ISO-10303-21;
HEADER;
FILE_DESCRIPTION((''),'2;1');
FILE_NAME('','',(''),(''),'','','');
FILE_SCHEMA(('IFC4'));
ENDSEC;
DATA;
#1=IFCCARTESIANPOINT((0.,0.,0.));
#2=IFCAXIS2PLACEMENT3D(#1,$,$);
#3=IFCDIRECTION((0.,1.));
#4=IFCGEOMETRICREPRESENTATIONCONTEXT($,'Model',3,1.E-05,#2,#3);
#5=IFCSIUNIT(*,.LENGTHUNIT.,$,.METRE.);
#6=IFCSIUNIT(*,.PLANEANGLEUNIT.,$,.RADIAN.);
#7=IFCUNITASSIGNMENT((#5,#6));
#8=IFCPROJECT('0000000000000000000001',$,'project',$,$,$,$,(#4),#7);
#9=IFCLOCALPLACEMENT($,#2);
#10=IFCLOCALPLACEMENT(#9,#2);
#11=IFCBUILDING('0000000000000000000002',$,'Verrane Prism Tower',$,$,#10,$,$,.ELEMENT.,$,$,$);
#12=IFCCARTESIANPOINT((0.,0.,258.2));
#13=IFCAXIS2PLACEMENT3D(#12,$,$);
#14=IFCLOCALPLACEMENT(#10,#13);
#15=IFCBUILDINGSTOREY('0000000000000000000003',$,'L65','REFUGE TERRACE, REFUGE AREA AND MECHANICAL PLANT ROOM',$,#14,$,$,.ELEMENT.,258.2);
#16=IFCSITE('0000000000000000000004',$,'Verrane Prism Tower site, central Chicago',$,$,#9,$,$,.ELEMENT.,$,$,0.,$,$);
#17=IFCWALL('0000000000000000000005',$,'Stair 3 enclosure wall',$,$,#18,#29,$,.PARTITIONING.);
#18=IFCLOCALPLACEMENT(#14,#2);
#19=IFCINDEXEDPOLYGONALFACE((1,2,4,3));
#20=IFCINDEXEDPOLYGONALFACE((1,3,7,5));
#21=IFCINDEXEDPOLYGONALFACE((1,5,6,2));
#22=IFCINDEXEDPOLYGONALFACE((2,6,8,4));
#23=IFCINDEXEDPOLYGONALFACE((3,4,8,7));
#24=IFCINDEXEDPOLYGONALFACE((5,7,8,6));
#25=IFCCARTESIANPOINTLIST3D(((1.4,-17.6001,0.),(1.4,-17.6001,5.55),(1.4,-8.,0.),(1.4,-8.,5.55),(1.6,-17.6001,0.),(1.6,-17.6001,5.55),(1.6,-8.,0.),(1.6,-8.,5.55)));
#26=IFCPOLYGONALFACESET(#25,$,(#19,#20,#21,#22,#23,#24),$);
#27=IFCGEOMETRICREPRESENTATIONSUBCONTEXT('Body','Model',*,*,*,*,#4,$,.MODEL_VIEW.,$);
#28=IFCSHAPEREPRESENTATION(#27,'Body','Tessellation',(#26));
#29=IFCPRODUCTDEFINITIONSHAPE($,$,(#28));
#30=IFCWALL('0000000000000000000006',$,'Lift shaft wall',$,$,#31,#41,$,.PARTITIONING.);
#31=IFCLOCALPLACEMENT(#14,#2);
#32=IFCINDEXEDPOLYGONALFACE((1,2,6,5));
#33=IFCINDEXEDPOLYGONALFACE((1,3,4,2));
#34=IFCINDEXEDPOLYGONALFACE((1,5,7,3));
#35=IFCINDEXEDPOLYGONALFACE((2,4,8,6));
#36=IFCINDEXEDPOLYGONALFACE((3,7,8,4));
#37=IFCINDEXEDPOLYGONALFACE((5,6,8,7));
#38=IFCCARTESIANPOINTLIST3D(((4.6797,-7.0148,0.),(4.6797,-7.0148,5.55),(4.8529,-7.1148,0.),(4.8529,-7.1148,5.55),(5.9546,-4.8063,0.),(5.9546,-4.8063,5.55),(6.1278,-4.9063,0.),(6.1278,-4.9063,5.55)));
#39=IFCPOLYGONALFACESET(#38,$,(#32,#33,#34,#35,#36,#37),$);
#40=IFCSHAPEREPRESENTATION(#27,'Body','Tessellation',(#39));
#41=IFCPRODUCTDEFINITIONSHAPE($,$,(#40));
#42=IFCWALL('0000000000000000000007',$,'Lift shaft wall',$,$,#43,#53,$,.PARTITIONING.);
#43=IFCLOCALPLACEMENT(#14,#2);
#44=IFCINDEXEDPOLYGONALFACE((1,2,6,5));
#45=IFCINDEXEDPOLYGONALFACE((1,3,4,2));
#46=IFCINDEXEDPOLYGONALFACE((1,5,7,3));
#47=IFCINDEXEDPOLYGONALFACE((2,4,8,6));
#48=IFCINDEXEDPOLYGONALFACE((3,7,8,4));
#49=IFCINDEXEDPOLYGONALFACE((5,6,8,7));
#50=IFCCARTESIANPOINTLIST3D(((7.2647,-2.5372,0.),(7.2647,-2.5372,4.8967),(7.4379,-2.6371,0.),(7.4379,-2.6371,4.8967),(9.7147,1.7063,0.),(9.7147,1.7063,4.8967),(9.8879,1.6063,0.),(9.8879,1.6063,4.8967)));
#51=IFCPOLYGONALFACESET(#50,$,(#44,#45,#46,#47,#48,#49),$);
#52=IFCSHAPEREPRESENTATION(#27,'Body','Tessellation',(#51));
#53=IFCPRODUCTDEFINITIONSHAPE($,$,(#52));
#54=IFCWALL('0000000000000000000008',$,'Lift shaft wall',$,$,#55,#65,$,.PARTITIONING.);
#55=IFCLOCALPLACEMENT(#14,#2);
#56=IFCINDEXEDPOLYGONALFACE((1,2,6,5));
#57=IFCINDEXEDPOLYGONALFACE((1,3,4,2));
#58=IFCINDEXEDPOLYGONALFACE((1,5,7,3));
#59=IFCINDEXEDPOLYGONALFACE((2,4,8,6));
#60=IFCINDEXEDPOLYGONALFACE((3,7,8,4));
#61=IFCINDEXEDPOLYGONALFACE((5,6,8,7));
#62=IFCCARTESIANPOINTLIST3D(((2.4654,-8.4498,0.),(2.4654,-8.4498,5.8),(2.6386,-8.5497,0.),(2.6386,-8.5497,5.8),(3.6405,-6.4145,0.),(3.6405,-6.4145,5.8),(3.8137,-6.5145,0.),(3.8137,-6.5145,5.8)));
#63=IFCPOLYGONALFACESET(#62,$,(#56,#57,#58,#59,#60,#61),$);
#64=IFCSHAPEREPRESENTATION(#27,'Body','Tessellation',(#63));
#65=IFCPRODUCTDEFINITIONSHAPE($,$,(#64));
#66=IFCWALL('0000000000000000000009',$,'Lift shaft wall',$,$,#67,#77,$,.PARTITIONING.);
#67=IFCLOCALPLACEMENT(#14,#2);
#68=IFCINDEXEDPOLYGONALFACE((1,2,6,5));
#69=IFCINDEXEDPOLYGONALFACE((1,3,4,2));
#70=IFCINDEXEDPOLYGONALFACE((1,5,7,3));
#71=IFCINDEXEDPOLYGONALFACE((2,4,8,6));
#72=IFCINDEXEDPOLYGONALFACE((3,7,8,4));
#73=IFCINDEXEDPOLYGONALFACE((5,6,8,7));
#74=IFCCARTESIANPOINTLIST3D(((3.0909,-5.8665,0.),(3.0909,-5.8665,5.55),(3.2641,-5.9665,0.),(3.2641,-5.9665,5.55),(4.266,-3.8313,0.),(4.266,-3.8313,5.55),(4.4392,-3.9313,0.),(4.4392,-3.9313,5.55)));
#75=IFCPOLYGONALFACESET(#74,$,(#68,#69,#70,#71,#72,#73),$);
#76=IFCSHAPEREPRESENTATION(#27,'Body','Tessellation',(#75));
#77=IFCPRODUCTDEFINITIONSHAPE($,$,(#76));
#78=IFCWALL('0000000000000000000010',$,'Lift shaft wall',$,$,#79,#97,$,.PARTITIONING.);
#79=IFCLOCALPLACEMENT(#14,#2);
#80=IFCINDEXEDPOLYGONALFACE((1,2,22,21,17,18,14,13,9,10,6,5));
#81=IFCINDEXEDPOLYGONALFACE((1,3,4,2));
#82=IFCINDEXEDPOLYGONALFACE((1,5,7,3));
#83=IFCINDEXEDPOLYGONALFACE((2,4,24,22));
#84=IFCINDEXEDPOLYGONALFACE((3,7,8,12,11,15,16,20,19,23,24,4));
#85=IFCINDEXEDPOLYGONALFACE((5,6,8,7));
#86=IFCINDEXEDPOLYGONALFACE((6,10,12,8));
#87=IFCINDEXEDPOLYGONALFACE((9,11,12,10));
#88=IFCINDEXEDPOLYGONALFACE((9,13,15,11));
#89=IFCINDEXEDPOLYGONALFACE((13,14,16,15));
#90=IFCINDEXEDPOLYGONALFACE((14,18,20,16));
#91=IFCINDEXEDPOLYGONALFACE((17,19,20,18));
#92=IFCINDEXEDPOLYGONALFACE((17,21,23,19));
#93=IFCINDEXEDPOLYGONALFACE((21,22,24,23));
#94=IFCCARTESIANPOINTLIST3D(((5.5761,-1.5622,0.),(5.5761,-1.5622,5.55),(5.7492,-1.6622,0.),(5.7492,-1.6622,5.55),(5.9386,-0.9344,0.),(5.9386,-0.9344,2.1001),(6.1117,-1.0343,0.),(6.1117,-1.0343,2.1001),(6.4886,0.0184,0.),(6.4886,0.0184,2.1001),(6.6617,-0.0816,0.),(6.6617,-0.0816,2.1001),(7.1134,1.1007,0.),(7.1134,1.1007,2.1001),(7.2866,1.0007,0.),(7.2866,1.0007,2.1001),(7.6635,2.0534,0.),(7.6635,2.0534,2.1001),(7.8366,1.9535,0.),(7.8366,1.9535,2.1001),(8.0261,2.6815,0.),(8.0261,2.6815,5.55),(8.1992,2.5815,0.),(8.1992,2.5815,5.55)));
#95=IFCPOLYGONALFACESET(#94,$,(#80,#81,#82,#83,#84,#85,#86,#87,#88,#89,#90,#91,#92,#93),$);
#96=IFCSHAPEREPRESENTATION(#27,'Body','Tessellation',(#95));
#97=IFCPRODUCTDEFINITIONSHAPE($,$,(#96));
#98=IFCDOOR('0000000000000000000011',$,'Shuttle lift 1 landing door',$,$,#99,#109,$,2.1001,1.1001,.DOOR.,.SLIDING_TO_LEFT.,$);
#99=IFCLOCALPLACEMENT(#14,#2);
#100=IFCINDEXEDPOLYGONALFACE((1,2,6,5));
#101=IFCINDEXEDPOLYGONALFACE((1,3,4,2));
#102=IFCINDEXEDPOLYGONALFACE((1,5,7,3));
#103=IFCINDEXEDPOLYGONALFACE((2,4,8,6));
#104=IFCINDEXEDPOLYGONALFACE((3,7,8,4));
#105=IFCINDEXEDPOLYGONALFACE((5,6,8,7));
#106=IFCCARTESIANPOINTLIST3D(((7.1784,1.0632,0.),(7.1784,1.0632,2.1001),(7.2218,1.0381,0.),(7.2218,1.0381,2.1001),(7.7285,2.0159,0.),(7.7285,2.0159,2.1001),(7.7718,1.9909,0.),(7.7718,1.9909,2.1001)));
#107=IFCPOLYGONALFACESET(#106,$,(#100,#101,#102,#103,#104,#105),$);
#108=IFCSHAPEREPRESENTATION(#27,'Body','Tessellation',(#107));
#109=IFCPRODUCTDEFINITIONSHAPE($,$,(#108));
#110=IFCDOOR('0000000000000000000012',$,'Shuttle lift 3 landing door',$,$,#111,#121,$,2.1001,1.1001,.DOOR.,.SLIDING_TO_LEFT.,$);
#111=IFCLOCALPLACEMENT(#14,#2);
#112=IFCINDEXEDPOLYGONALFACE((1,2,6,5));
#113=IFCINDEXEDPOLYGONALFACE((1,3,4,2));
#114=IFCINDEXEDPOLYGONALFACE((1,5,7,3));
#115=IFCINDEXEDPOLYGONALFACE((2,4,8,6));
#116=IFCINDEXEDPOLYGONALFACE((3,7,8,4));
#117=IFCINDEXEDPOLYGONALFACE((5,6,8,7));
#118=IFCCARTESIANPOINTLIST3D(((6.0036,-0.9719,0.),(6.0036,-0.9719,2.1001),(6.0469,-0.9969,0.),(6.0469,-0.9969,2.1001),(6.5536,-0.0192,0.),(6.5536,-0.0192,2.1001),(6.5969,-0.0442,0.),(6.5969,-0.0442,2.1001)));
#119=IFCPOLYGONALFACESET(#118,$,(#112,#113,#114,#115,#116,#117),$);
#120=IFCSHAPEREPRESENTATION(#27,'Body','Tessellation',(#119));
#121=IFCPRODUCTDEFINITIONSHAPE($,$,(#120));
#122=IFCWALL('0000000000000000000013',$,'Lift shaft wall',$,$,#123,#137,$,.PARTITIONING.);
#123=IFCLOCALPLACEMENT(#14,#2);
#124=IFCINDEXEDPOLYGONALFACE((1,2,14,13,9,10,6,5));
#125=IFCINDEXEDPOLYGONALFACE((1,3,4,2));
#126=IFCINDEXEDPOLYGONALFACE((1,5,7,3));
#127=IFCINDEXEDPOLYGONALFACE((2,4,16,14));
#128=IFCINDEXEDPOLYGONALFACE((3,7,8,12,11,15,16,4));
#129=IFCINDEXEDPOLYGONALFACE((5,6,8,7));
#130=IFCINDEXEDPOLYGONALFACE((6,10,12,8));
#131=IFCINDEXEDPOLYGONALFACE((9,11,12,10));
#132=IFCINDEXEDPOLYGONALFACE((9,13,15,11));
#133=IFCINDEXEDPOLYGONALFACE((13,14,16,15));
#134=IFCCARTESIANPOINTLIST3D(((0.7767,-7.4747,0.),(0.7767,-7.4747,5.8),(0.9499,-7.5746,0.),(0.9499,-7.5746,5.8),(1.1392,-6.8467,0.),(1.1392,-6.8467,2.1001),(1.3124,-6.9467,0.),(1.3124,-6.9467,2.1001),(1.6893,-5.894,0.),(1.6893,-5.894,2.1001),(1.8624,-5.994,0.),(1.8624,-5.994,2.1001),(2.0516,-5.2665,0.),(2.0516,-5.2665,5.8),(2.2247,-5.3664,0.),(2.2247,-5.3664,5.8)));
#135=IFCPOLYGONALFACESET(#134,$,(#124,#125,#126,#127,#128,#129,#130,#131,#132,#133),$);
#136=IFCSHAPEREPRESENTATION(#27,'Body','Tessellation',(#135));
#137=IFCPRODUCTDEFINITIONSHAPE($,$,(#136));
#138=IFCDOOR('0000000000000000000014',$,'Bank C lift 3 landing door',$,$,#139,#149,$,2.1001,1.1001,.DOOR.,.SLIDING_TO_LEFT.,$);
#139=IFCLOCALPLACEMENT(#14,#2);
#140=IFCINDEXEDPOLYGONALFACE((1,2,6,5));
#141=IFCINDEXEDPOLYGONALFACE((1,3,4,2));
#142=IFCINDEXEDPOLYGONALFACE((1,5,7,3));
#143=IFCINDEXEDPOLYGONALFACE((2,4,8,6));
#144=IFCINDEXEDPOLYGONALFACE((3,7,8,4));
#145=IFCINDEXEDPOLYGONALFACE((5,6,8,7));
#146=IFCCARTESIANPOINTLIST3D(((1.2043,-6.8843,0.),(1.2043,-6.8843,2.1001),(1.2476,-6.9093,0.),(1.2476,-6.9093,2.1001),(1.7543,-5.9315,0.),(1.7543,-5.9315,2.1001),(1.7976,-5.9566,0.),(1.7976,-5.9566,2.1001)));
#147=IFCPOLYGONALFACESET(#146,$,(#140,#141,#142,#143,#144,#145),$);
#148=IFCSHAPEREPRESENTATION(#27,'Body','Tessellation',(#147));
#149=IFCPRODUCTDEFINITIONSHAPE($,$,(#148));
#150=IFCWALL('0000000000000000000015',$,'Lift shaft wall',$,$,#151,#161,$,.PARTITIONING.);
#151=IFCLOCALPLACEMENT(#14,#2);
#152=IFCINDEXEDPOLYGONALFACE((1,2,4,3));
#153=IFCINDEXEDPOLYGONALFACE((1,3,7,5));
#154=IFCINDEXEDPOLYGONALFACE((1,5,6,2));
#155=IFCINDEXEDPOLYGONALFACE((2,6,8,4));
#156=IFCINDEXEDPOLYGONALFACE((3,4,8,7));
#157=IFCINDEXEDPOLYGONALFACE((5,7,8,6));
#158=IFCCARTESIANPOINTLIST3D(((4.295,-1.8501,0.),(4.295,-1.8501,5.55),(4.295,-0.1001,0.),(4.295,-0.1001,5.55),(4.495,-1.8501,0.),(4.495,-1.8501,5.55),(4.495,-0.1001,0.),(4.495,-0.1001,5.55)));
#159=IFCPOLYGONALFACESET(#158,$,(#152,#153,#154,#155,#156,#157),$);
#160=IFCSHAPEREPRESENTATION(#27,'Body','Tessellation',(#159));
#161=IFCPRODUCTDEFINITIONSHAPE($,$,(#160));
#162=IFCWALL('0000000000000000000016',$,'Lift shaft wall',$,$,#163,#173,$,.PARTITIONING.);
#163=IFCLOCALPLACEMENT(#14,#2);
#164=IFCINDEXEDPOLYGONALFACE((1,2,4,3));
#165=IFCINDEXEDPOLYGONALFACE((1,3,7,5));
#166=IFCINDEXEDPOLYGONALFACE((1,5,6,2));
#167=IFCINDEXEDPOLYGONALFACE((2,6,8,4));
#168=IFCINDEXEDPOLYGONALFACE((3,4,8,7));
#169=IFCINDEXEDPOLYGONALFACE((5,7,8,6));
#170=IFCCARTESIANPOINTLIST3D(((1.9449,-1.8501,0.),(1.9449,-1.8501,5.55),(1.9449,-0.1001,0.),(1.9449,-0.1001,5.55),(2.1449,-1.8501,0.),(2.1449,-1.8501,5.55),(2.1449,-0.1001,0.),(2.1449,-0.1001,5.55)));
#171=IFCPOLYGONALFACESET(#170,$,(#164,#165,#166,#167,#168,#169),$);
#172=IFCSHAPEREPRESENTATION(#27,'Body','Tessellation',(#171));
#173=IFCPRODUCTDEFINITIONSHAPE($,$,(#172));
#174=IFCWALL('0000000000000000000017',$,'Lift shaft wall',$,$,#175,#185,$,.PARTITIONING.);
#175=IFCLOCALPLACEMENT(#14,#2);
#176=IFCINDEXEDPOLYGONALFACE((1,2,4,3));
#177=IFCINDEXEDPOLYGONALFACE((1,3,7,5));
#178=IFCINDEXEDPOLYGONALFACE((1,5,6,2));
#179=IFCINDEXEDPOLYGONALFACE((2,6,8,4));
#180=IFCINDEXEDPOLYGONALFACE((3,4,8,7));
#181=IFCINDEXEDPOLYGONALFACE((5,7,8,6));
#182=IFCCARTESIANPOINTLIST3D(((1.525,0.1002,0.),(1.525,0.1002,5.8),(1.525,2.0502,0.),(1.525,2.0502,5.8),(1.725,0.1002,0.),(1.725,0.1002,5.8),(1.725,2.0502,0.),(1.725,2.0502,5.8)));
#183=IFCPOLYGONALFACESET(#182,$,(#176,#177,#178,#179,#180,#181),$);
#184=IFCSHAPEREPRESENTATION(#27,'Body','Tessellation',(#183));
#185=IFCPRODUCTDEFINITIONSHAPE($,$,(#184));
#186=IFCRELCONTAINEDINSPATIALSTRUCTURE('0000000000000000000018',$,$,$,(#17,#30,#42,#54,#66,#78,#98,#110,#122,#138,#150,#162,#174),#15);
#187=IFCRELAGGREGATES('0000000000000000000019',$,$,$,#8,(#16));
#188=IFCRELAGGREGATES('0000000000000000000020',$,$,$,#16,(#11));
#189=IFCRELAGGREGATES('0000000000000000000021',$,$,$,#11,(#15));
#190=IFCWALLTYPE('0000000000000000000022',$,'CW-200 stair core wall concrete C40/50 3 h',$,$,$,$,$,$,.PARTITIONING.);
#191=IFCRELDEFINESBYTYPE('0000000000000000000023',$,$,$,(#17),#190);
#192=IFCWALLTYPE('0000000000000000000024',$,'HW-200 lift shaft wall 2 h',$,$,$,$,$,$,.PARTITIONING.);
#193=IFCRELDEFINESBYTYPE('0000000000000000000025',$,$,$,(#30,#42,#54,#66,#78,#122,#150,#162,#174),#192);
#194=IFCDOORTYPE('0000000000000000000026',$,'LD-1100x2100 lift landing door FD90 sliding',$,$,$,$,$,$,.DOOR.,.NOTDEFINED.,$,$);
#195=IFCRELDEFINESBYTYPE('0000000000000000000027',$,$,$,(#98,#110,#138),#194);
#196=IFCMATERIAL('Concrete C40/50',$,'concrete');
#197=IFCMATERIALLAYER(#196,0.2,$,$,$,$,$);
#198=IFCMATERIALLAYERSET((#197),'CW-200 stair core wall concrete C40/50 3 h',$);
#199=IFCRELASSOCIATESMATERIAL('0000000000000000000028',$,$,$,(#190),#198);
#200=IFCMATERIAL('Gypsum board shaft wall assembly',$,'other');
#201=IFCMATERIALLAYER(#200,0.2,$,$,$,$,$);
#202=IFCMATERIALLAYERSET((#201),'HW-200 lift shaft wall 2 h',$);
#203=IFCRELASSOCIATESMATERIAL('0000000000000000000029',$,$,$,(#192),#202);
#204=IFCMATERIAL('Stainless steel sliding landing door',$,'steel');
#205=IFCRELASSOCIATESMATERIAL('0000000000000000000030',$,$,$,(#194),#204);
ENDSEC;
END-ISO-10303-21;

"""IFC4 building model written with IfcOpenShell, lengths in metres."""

from ifc_helpers import new_model, si_unit, direction, frame, frame_2d, origin, place, context, subcontext, project, spatial, rectangle, extrude, material, layer, layer_set, type_object, element, fill, save


model = new_model("IFC4")

# Units and contexts
model_context = context("Model", 3, precision=1e-05, world=origin(), true_north=direction((0.0, 1.0)))
body_context = subcontext(model_context, "Body", "Model", "MODEL_VIEW")
ifc_project = project(units=[si_unit("LENGTHUNIT", "METRE"), si_unit("PLANEANGLEUNIT", "RADIAN")], contexts=[model_context])

# Site, building, storey
site_placement = place(None, origin())
site = spatial("IfcSite", under=ifc_project, at=site_placement, Name="Verrane Prism Tower site, central Chicago", CompositionType="ELEMENT", RefElevation=0.0)
building_placement = place(site_placement, origin())
building = spatial("IfcBuilding", under=site, at=building_placement, Name="Verrane Prism Tower", CompositionType="ELEMENT")
storey_placement = place(building_placement, frame((0.0, 0.0, 258.2)))
storey = spatial("IfcBuildingStorey", under=building, at=storey_placement, Name="L65", Description="REFUGE TERRACE, REFUGE AREA AND MECHANICAL PLANT ROOM", CompositionType="ELEMENT", Elevation=258.2)

# Walls
ifc_material_1 = material(Name="Concrete C40/50", Category="concrete")
ifc_layer_1 = layer(ifc_material_1, 0.2)
ifc_layer_set_1 = layer_set([ifc_layer_1], Name="CW-200 stair core wall concrete C40/50 3 h")
wall_type_1 = type_object("IfcWallType", Name="CW-200 stair core wall concrete C40/50 3 h", PredefinedType="PARTITIONING", material=ifc_layer_set_1)
wall_1_placement = place(storey_placement, frame((1.5, -8.0, 0.0), z_axis=(0.0, 0.0, 1.0), x_axis=(0.0, -1.0, 0.0)))
element("IfcWall", 1, at=wall_1_placement, inside=storey, type_object=wall_type_1, Name="Stair 3 enclosure wall", PredefinedType="PARTITIONING", context=body_context, shape_type="SweptSolid", body=[
    extrude(rectangle(XDim=9.6001, YDim=0.2, at=frame_2d((4.8, 0.0))), origin(), (0.0, 0.0, 1.0), 5.55),
])
ifc_material_2 = material(Name="Gypsum board shaft wall assembly", Category="other")
ifc_layer_2 = layer(ifc_material_2, 0.2)
ifc_layer_set_2 = layer_set([ifc_layer_2], Name="HW-200 lift shaft wall 2 h")
wall_type_2 = type_object("IfcWallType", Name="HW-200 lift shaft wall 2 h", PredefinedType="PARTITIONING", material=ifc_layer_set_2)
wall_2_placement = place(storey_placement, frame((4.7664, -7.0647, 0.0), z_axis=(0.0, 0.0, 1.0), x_axis=(0.499949, 0.866055, 0.0)))
element("IfcWall", 2, at=wall_2_placement, inside=storey, type_object=wall_type_2, Name="Lift shaft wall", PredefinedType="PARTITIONING", context=body_context, shape_type="SweptSolid", body=[
    extrude(rectangle(XDim=2.55, YDim=0.2, at=frame_2d((1.2749, 0.0))), origin(), (0.0, 0.0, 1.0), 5.55),
])
wall_3_placement = place(storey_placement, frame((7.3513, -2.5872, 0.0), z_axis=(0.0, 0.0, 1.0), x_axis=(0.500003, 0.866024, 0.0)))
element("IfcWall", 3, at=wall_3_placement, inside=storey, type_object=wall_type_2, Name="Lift shaft wall", PredefinedType="PARTITIONING", context=body_context, shape_type="SweptSolid", body=[
    extrude(rectangle(XDim=4.8999, YDim=0.2, at=frame_2d((2.45, 0.0))), origin(), (0.0, 0.0, 1.0), 4.8967),
])
wall_4_placement = place(storey_placement, frame((2.552, -8.4998, 0.0), z_axis=(0.0, 0.0, 1.0), x_axis=(0.500016, 0.866016, 0.0)))
element("IfcWall", 4, at=wall_4_placement, inside=storey, type_object=wall_type_2, Name="Lift shaft wall", PredefinedType="PARTITIONING", context=body_context, shape_type="SweptSolid", body=[
    extrude(rectangle(XDim=2.3501, YDim=0.2, at=frame_2d((1.175, 0.0))), origin(), (0.0, 0.0, 1.0), 5.8),
])
wall_5_placement = place(storey_placement, frame((3.1775, -5.9165, 0.0), z_axis=(0.0, 0.0, 1.0), x_axis=(0.500016, 0.866016, 0.0)))
element("IfcWall", 5, at=wall_5_placement, inside=storey, type_object=wall_type_2, Name="Lift shaft wall", PredefinedType="PARTITIONING", context=body_context, shape_type="SweptSolid", body=[
    extrude(rectangle(XDim=2.3501, YDim=0.2, at=frame_2d((1.175, 0.0))), origin(), (0.0, 0.0, 1.0), 5.55),
])

# Wall, openings, doors
wall_6_placement = place(storey_placement, frame((5.6626, -1.6123, 0.0), z_axis=(0.0, 0.0, 1.0), x_axis=(0.499981, 0.866036, 0.0)))
wall_6 = element("IfcWall", 6, at=wall_6_placement, inside=storey, type_object=wall_type_2, Name="Lift shaft wall", PredefinedType="PARTITIONING", context=body_context, shape_type="SweptSolid", body=[
    extrude(rectangle(XDim=4.9001, YDim=0.2, at=frame_2d((2.4502, 0.0))), origin(), (0.0, 0.0, 1.0), 5.55),
])
opening_1_placement = place(wall_6_placement, frame((3.075, 0.0, 0.0)))
opening_1 = element("IfcOpeningElement", 7, at=opening_1_placement, cuts=wall_6, PredefinedType="OPENING", context=body_context, shape_type="SweptSolid", body=[
    extrude(rectangle(XDim=1.1001, YDim=2.1001, at=frame_2d((0.55, 1.05))), frame((0.0, 0.1099, 0.0), z_axis=(0.0, -1.0, 0.0), x_axis=(1.0, 0.0, 0.0)), (0.0, 0.0, 1.0), 0.22),
])
opening_2_placement = place(wall_6_placement, frame((0.7251, 0.0, 0.0)))
opening_2 = element("IfcOpeningElement", 8, at=opening_2_placement, cuts=wall_6, PredefinedType="OPENING", context=body_context, shape_type="SweptSolid", body=[
    extrude(rectangle(XDim=1.1001, YDim=2.1001, at=frame_2d((0.55, 1.05))), frame((0.0, 0.1099, 0.0), z_axis=(0.0, -1.0, 0.0), x_axis=(1.0, 0.0, 0.0)), (0.0, 0.0, 1.0), 0.22),
])
ifc_material_3 = material(Name="Stainless steel sliding landing door", Category="steel")
door_type = type_object("IfcDoorType", Name="LD-1100x2100 lift landing door FD90 sliding", OperationType="NOTDEFINED", PredefinedType="DOOR", material=ifc_material_3)
door_1_placement = place(opening_1_placement, origin())
door_1 = element("IfcDoor", 9, at=door_1_placement, inside=storey, type_object=door_type, Name="Shuttle lift 1 landing door", OperationType="SLIDING_TO_LEFT", OverallHeight=2.1001, OverallWidth=1.1001, PredefinedType="DOOR", context=body_context, shape_type="SweptSolid", body=[
    extrude(rectangle(XDim=1.1001, YDim=2.1001, at=frame_2d((0.55, 1.05))), frame((0.0, 0.0249, 0.0), z_axis=(0.0, -1.0, 0.0), x_axis=(1.0, 0.0, 0.0)), (0.0, 0.0, 1.0), 0.05),
])
fill(opening_1, door_1)
door_2_placement = place(opening_2_placement, origin())
door_2 = element("IfcDoor", 10, at=door_2_placement, inside=storey, type_object=door_type, Name="Shuttle lift 3 landing door", OperationType="SLIDING_TO_LEFT", OverallHeight=2.1001, OverallWidth=1.1001, PredefinedType="DOOR", context=body_context, shape_type="SweptSolid", body=[
    extrude(rectangle(XDim=1.1001, YDim=2.1001, at=frame_2d((0.55, 1.05))), frame((0.0, 0.0249, 0.0), z_axis=(0.0, -1.0, 0.0), x_axis=(1.0, 0.0, 0.0)), (0.0, 0.0, 1.0), 0.05),
])
fill(opening_2, door_2)

# Wall, opening, door
wall_7_placement = place(storey_placement, frame((0.8633, -7.5247, 0.0), z_axis=(0.0, 0.0, 1.0), x_axis=(0.49999, 0.866031, 0.0)))
wall_7 = element("IfcWall", 11, at=wall_7_placement, inside=storey, type_object=wall_type_2, Name="Lift shaft wall", PredefinedType="PARTITIONING", context=body_context, shape_type="SweptSolid", body=[
    extrude(rectangle(XDim=2.5498, YDim=0.2, at=frame_2d((1.2749, 0.0))), origin(), (0.0, 0.0, 1.0), 5.8),
])
opening_3_placement = place(wall_7_placement, frame((0.7251, 0.0, 0.0)))
opening_3 = element("IfcOpeningElement", 12, at=opening_3_placement, cuts=wall_7, PredefinedType="OPENING", context=body_context, shape_type="SweptSolid", body=[
    extrude(rectangle(XDim=1.1001, YDim=2.1001, at=frame_2d((0.55, 1.05))), frame((0.0, 0.1099, 0.0), z_axis=(0.0, -1.0, 0.0), x_axis=(1.0, 0.0, 0.0)), (0.0, 0.0, 1.0), 0.22),
])
door_3_placement = place(opening_3_placement, origin())
door_3 = element("IfcDoor", 13, at=door_3_placement, inside=storey, type_object=door_type, Name="Bank C lift 3 landing door", OperationType="SLIDING_TO_LEFT", OverallHeight=2.1001, OverallWidth=1.1001, PredefinedType="DOOR", context=body_context, shape_type="SweptSolid", body=[
    extrude(rectangle(XDim=1.1001, YDim=2.1001, at=frame_2d((0.55, 1.05))), frame((0.0, 0.0249, 0.0), z_axis=(0.0, -1.0, 0.0), x_axis=(1.0, 0.0, 0.0)), (0.0, 0.0, 1.0), 0.05),
])
fill(opening_3, door_3)

# Walls
for number, where, z_axis, x_axis, name in (
    (14, (4.395, -1.8501, 0.0), (0.0, 0.0, 1.0), (0.0, 1.0, 0.0), "Lift shaft wall"),
    (15, (2.0449, -1.8501, 0.0), (0.0, 0.0, 1.0), (0.0, 1.0, 0.0), "Lift shaft wall"),
):
    element("IfcWall", number, at=place(storey_placement, frame(where, z_axis=z_axis, x_axis=x_axis)), inside=storey, type_object=wall_type_2, Name=name, PredefinedType="PARTITIONING", context=body_context, shape_type="SweptSolid", body=[
        extrude(rectangle(XDim=1.75, YDim=0.2, at=frame_2d((0.875, 0.0))), origin(), (0.0, 0.0, 1.0), 5.55),
    ])
wall_8_placement = place(storey_placement, frame((1.625, 0.1001, 0.0), z_axis=(0.0, 0.0, 1.0), x_axis=(0.0, 1.0, 0.0)))
element("IfcWall", 16, at=wall_8_placement, inside=storey, type_object=wall_type_2, Name="Lift shaft wall", PredefinedType="PARTITIONING", context=body_context, shape_type="SweptSolid", body=[
    extrude(rectangle(XDim=1.95, YDim=0.2, at=frame_2d((0.9751, 0.0))), origin(), (0.0, 0.0, 1.0), 5.8),
])

save(model, "model.ifc")
